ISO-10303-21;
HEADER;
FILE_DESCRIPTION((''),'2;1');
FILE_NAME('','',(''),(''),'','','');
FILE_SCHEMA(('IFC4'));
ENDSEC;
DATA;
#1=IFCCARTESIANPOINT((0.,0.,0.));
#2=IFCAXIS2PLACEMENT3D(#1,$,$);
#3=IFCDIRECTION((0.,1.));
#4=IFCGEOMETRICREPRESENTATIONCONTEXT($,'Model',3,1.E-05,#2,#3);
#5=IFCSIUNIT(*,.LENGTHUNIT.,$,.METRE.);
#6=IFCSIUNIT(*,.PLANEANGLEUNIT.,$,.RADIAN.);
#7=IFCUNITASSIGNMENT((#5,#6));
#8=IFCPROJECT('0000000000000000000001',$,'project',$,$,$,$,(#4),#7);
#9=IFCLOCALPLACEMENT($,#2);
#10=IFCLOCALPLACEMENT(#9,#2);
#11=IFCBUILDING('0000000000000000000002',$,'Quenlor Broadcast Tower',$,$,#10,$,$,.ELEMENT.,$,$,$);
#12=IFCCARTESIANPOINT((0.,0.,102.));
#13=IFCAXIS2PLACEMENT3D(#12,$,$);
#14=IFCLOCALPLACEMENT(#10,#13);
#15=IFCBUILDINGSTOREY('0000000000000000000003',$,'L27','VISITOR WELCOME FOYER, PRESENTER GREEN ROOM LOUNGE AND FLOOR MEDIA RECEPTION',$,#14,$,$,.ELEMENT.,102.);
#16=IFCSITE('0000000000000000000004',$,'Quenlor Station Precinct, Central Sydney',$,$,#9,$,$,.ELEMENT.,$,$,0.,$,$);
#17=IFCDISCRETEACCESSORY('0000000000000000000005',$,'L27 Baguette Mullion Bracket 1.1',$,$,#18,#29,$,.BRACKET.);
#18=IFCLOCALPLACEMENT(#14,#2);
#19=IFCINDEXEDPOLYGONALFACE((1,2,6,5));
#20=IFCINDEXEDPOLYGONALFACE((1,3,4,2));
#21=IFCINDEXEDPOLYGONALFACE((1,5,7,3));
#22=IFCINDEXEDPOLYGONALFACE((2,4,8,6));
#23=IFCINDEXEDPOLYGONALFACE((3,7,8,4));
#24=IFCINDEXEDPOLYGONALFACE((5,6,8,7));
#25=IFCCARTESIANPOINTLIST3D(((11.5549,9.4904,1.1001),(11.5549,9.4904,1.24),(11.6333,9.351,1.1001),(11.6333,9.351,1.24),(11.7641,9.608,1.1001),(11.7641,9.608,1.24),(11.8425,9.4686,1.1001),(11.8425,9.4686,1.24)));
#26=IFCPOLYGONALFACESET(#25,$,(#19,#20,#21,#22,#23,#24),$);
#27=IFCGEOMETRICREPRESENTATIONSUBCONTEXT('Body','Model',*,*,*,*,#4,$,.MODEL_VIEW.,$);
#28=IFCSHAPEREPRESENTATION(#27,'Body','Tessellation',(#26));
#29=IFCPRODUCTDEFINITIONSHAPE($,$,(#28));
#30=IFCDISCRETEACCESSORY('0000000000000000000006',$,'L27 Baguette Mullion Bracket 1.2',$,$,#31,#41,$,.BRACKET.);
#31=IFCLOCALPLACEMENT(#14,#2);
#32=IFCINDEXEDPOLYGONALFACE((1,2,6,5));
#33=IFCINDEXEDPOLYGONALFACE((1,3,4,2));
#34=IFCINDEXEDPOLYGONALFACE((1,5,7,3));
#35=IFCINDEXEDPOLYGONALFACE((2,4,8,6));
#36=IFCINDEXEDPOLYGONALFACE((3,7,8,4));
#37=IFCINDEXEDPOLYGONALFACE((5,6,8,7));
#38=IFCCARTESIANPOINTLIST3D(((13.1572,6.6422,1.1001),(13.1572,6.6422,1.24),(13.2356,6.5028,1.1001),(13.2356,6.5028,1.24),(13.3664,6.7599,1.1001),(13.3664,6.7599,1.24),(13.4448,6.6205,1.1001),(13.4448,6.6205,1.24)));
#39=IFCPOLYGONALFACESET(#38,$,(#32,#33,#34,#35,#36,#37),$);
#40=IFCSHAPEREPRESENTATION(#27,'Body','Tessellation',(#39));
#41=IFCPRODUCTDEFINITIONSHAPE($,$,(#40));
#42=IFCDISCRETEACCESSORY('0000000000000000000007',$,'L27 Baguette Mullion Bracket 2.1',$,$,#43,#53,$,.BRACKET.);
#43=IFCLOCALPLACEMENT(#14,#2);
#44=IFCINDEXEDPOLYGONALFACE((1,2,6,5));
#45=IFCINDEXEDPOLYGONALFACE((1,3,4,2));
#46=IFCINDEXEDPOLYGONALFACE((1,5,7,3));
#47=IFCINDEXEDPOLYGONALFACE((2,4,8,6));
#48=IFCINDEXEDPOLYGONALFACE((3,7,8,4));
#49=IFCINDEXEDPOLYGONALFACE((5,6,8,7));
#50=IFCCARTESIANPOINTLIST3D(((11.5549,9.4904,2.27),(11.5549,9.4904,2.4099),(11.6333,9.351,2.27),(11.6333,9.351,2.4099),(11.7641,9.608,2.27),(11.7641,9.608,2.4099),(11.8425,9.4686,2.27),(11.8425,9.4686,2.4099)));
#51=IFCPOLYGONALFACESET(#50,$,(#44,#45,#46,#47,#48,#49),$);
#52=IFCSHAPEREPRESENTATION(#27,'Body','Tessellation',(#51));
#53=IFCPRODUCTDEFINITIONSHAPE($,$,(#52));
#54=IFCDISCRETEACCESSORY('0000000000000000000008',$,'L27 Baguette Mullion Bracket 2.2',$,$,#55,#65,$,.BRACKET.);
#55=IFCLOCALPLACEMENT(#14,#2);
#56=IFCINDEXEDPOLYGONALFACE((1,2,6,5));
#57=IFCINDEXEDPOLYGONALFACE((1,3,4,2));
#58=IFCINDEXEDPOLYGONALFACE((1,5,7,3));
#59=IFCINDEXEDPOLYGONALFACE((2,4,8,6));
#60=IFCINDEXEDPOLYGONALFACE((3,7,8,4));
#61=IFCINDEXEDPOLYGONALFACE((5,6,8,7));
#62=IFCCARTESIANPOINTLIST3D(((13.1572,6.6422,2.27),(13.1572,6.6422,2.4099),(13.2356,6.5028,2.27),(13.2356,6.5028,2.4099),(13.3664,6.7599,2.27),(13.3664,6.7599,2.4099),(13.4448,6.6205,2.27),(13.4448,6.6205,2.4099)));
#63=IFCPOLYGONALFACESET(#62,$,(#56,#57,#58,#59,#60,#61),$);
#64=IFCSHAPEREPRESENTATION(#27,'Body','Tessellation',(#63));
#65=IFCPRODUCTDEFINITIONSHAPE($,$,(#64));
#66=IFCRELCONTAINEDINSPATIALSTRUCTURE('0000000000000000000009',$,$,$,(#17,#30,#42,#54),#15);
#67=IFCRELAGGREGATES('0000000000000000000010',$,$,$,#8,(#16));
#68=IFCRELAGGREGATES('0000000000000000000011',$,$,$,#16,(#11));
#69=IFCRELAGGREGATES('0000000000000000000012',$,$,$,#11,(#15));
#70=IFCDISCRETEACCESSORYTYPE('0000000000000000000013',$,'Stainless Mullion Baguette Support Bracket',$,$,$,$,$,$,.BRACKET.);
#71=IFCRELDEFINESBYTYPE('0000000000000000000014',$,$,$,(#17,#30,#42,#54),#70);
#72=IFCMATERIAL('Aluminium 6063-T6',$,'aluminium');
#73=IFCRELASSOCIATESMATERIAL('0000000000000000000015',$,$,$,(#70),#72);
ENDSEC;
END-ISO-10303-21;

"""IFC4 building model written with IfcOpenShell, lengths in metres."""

from ifc_helpers import new_model, si_unit, direction, frame, origin, origin_2d, place, context, subcontext, project, spatial, rectangle, extrude, material, type_object, element, save


model = new_model("IFC4")

# Units and contexts
model_context = context("Model", 3, precision=1e-05, world=origin(), true_north=direction((0.0, 1.0)))
body_context = subcontext(model_context, "Body", "Model", "MODEL_VIEW")
ifc_project = project(units=[si_unit("LENGTHUNIT", "METRE"), si_unit("PLANEANGLEUNIT", "RADIAN")], contexts=[model_context])

# Site, building, storey
site_placement = place(None, origin())
site = spatial("IfcSite", under=ifc_project, at=site_placement, Name="Quenlor Station Precinct, Central Sydney", CompositionType="ELEMENT", RefElevation=0.0)
building_placement = place(site_placement, origin())
building = spatial("IfcBuilding", under=site, at=building_placement, Name="Quenlor Broadcast Tower", CompositionType="ELEMENT")
storey_placement = place(building_placement, frame((0.0, 0.0, 102.0)))
storey = spatial("IfcBuildingStorey", under=building, at=storey_placement, Name="L27", Description="VISITOR WELCOME FOYER, PRESENTER GREEN ROOM LOUNGE AND FLOOR MEDIA RECEPTION", CompositionType="ELEMENT", Elevation=102.0)

# Discrete accessories
ifc_material_1 = material(Name="Aluminium 6063-T6", Category="aluminium")
discrete_accessory_type = type_object("IfcDiscreteAccessoryType", Name="Stainless Mullion Baguette Support Bracket", PredefinedType="BRACKET", material=ifc_material_1)
for number, where, z_axis, x_axis, name in (
    (1, (11.6987, 9.4795, 1.1001), (0.0, 0.0, 1.0), (0.490262, -0.871575, 0.0), "L27 Baguette Mullion Bracket 1.1"),
    (2, (13.301, 6.6313, 1.1001), (0.0, 0.0, 1.0), (0.490262, -0.871575, 0.0), "L27 Baguette Mullion Bracket 1.2"),
    (3, (11.6987, 9.4795, 2.27), (0.0, 0.0, 1.0), (0.490262, -0.871575, 0.0), "L27 Baguette Mullion Bracket 2.1"),
    (4, (13.301, 6.6313, 2.27), (0.0, 0.0, 1.0), (0.490262, -0.871575, 0.0), "L27 Baguette Mullion Bracket 2.2"),
):
    element("IfcDiscreteAccessory", number, at=place(storey_placement, frame(where, z_axis=z_axis, x_axis=x_axis)), inside=storey, type_object=discrete_accessory_type, Name=name, PredefinedType="BRACKET", context=body_context, shape_type="SweptSolid", body=[
        extrude(rectangle(XDim=0.1599, YDim=0.24, at=origin_2d()), origin(), (0.0, 0.0, 1.0), 0.1399),
    ])

save(model, "model.ifc")
